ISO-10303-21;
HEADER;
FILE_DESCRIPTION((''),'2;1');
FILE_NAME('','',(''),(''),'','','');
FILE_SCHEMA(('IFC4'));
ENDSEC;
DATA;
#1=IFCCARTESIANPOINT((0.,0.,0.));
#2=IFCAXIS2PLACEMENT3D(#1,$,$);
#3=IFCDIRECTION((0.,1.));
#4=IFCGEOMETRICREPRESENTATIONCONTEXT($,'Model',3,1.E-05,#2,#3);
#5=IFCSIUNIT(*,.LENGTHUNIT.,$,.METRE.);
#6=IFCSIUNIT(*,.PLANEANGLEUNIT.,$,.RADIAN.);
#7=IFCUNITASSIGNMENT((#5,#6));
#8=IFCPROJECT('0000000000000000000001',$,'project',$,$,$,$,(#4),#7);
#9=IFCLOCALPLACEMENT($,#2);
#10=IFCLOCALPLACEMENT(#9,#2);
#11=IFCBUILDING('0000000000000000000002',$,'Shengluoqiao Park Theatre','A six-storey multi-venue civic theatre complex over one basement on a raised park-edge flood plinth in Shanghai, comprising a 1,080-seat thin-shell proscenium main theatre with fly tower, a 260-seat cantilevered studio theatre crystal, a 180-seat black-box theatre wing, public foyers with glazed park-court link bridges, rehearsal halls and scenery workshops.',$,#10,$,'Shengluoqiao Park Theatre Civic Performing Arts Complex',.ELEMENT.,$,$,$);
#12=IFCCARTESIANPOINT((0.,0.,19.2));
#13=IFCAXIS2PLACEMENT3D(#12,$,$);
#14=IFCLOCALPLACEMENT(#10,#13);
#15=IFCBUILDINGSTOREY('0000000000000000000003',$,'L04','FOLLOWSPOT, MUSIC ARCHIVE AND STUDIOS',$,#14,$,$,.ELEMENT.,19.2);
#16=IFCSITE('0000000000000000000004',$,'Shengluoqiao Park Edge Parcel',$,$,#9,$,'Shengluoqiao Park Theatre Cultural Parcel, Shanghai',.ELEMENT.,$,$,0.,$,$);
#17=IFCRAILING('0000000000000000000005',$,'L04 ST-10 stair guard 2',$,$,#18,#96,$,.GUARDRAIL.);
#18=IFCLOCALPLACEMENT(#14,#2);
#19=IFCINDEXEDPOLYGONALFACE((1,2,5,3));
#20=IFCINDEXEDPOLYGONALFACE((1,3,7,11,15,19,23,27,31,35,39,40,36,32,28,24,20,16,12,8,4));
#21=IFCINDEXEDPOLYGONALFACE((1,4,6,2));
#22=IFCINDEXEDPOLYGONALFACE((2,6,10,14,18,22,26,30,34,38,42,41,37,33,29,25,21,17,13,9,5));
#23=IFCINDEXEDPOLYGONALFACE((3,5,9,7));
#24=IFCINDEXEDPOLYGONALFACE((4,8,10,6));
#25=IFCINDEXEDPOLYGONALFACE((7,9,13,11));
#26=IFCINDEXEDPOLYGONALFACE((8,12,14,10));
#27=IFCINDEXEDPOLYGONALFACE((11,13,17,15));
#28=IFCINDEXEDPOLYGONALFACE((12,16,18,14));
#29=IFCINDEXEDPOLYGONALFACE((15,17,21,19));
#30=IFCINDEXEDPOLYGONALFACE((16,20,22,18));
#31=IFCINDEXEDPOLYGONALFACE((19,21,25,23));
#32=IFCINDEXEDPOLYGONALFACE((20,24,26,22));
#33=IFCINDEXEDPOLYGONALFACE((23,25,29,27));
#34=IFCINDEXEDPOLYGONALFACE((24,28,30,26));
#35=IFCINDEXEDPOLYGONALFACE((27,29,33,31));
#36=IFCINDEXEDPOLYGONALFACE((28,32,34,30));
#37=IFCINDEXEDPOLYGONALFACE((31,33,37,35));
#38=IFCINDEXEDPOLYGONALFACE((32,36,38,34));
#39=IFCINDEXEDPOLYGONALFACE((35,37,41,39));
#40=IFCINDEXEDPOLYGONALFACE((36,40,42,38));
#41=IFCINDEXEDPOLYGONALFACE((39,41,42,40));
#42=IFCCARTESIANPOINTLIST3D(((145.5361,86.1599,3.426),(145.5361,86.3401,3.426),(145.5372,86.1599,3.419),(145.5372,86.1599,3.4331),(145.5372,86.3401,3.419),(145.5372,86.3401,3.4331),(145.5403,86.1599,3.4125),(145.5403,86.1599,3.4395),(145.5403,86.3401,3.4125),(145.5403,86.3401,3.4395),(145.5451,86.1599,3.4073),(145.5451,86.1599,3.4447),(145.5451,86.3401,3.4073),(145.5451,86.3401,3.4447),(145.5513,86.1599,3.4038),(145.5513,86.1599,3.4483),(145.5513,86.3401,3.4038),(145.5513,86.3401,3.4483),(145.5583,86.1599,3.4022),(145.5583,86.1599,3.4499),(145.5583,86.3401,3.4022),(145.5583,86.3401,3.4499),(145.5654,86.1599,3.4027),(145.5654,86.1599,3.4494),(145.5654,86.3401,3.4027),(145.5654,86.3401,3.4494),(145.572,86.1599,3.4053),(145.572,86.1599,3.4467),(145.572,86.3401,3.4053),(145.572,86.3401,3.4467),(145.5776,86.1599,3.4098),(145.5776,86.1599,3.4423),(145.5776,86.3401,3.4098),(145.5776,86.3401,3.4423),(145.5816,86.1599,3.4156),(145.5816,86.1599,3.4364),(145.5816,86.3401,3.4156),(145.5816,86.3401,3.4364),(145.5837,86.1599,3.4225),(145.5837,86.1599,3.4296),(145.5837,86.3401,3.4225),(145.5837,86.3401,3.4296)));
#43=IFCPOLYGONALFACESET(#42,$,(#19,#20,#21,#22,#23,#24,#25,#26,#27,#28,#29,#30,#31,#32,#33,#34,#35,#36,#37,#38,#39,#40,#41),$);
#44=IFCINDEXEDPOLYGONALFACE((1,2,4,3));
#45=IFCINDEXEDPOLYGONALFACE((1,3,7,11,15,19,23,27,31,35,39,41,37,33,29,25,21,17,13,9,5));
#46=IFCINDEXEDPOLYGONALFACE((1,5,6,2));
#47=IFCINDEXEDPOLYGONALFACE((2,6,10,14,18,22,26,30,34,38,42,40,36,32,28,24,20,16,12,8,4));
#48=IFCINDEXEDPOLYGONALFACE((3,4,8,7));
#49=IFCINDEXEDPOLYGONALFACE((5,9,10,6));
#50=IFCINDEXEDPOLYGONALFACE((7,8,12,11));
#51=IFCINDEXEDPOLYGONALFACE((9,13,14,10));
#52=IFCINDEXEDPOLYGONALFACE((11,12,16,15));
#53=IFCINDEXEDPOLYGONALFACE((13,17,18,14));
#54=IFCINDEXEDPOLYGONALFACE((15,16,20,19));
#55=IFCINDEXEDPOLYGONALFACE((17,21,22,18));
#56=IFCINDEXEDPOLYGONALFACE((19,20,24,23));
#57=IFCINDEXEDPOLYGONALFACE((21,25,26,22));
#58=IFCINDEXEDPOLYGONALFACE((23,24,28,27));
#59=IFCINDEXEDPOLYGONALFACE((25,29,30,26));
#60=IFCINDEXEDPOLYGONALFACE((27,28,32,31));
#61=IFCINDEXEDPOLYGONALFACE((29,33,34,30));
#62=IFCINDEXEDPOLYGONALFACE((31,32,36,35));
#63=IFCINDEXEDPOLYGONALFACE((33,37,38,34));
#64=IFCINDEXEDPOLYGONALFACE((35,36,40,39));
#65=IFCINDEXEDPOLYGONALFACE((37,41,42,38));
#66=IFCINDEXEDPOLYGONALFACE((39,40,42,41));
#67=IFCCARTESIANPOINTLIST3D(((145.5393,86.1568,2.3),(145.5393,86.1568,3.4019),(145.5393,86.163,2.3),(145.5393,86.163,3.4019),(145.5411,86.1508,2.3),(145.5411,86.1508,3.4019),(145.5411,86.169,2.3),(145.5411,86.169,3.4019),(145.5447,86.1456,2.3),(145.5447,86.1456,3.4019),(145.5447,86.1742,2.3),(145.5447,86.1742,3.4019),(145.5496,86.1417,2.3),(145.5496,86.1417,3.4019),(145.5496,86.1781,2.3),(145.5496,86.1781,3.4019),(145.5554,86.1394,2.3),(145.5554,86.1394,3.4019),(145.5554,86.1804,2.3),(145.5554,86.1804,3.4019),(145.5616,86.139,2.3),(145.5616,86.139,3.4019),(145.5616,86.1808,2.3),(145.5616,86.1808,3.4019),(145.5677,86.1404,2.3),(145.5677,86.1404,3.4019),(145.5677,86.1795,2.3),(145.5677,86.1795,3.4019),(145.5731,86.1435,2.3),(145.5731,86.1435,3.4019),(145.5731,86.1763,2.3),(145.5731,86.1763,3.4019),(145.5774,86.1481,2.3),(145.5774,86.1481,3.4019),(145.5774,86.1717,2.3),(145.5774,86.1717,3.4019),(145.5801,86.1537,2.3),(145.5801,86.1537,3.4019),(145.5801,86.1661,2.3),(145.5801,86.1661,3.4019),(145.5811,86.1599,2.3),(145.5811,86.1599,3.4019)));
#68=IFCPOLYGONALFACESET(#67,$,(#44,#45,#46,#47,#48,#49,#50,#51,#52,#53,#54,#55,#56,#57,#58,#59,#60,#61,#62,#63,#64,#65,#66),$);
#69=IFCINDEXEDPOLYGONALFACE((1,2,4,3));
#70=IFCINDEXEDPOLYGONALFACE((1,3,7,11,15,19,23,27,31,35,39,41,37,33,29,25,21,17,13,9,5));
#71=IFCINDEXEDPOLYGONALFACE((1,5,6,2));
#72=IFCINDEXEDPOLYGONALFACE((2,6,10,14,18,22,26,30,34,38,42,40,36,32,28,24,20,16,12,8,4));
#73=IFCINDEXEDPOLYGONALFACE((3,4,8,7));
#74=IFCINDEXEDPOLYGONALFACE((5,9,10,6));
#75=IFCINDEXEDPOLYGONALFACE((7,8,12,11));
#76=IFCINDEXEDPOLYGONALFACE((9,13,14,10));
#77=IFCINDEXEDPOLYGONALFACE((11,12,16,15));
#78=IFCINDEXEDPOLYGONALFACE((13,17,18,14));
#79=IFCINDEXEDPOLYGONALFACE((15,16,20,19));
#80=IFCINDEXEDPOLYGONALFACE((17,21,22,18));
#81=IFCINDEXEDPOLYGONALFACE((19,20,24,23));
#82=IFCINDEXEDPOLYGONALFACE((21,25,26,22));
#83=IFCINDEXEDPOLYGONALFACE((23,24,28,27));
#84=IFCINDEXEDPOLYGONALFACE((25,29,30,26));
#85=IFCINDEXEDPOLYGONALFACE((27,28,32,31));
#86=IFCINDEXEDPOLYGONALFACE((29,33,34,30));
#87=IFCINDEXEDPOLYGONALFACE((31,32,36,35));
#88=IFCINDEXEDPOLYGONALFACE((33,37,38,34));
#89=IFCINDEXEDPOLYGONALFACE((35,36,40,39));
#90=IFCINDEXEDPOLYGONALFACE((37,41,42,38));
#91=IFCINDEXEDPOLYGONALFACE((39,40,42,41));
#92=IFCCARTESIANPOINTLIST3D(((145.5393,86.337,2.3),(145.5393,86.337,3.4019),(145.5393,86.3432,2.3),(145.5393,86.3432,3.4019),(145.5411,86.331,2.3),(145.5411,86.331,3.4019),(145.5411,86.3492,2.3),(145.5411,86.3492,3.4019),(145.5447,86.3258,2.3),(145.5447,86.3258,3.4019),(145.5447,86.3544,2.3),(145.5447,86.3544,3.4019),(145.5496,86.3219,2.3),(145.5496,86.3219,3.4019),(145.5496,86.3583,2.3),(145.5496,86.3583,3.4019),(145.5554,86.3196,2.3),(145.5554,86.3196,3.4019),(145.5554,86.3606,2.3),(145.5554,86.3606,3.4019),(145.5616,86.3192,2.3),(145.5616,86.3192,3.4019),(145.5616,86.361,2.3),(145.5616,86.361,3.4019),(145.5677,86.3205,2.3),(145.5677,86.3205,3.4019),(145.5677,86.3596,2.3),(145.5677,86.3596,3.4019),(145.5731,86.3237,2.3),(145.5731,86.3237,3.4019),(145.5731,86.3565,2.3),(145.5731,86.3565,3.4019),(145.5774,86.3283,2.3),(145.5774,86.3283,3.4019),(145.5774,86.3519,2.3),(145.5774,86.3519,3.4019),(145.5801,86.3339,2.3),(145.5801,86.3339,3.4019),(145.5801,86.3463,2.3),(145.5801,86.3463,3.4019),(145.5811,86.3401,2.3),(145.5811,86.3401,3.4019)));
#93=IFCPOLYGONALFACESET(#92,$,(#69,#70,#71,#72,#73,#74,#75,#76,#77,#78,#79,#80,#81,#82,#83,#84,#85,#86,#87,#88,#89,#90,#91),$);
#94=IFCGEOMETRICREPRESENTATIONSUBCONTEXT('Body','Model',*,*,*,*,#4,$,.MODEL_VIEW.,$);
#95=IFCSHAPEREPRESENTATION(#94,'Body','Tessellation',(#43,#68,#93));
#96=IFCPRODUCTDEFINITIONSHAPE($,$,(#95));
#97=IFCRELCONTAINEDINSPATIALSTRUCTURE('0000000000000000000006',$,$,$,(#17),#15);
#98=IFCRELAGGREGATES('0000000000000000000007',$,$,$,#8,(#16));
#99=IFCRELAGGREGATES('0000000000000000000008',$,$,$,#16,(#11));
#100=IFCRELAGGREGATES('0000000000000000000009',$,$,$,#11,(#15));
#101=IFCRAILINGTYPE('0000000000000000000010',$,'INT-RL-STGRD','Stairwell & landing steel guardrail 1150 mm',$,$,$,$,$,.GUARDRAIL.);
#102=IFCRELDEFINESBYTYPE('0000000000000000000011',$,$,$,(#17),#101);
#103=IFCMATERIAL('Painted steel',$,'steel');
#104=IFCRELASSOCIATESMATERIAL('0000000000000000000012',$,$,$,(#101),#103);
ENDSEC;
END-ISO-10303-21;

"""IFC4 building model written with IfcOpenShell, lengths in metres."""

from ifc_helpers import new_model, si_unit, direction, frame, origin, origin_2d, place, context, subcontext, project, spatial, circle, extrude, material, type_object, element, save


model = new_model("IFC4")

# Units and contexts
model_context = context("Model", 3, precision=1e-05, world=origin(), true_north=direction((0.0, 1.0)))
body_context = subcontext(model_context, "Body", "Model", "MODEL_VIEW")
ifc_project = project(units=[si_unit("LENGTHUNIT", "METRE"), si_unit("PLANEANGLEUNIT", "RADIAN")], contexts=[model_context])

# Site, building, storey
site_placement = place(None, origin())
site = spatial("IfcSite", under=ifc_project, at=site_placement, Name="Shengluoqiao Park Edge Parcel", LongName="Shengluoqiao Park Theatre Cultural Parcel, Shanghai", CompositionType="ELEMENT", RefElevation=0.0)
building_placement = place(site_placement, origin())
building = spatial("IfcBuilding", under=site, at=building_placement, Name="Shengluoqiao Park Theatre", Description="A six-storey multi-venue civic theatre complex over one basement on a raised park-edge flood plinth in Shanghai, comprising a 1,080-seat thin-shell proscenium main theatre with fly tower, a 260-seat cantilevered studio theatre crystal, a 180-seat black-box theatre wing, public foyers with glazed park-court link bridges, rehearsal halls and scenery workshops.", LongName="Shengluoqiao Park Theatre Civic Performing Arts Complex", CompositionType="ELEMENT")
storey_placement = place(building_placement, frame((0.0, 0.0, 19.2)))
storey = spatial("IfcBuildingStorey", under=building, at=storey_placement, Name="L04", Description="FOLLOWSPOT, MUSIC ARCHIVE AND STUDIOS", CompositionType="ELEMENT", Elevation=19.2)

# Railing
ifc_material_1 = material(Name="Painted steel", Category="steel")
railing_type_1 = type_object("IfcRailingType", Name="INT-RL-STGRD", Description="Stairwell & landing steel guardrail 1150 mm", PredefinedType="GUARDRAIL", material=ifc_material_1)
railing_1_placement = place(storey_placement, frame((145.5601, 86.1599, 2.3)))
element("IfcRailing", 1, at=railing_1_placement, inside=storey, type_object=railing_type_1, Name="L04 ST-10 stair guard 2", PredefinedType="GUARDRAIL", context=body_context, shape_type="SweptSolid", body=[
    extrude(circle(Radius=0.0239, at=origin_2d()), frame((0.0, 0.0, 1.126), z_axis=(0.0, 1.0, 0.0), x_axis=(-1.0, 0.0, 0.0)), (0.0, 0.0, 1.0), 0.1802),
    extrude(circle(Radius=0.021, at=origin_2d()), origin(), (0.0, 0.0, 1.0), 1.1018),
    extrude(circle(Radius=0.021, at=origin_2d()), frame((0.0, 0.1802, 0.0)), (0.0, 0.0, 1.0), 1.1018),
])

save(model, "model.ifc")
